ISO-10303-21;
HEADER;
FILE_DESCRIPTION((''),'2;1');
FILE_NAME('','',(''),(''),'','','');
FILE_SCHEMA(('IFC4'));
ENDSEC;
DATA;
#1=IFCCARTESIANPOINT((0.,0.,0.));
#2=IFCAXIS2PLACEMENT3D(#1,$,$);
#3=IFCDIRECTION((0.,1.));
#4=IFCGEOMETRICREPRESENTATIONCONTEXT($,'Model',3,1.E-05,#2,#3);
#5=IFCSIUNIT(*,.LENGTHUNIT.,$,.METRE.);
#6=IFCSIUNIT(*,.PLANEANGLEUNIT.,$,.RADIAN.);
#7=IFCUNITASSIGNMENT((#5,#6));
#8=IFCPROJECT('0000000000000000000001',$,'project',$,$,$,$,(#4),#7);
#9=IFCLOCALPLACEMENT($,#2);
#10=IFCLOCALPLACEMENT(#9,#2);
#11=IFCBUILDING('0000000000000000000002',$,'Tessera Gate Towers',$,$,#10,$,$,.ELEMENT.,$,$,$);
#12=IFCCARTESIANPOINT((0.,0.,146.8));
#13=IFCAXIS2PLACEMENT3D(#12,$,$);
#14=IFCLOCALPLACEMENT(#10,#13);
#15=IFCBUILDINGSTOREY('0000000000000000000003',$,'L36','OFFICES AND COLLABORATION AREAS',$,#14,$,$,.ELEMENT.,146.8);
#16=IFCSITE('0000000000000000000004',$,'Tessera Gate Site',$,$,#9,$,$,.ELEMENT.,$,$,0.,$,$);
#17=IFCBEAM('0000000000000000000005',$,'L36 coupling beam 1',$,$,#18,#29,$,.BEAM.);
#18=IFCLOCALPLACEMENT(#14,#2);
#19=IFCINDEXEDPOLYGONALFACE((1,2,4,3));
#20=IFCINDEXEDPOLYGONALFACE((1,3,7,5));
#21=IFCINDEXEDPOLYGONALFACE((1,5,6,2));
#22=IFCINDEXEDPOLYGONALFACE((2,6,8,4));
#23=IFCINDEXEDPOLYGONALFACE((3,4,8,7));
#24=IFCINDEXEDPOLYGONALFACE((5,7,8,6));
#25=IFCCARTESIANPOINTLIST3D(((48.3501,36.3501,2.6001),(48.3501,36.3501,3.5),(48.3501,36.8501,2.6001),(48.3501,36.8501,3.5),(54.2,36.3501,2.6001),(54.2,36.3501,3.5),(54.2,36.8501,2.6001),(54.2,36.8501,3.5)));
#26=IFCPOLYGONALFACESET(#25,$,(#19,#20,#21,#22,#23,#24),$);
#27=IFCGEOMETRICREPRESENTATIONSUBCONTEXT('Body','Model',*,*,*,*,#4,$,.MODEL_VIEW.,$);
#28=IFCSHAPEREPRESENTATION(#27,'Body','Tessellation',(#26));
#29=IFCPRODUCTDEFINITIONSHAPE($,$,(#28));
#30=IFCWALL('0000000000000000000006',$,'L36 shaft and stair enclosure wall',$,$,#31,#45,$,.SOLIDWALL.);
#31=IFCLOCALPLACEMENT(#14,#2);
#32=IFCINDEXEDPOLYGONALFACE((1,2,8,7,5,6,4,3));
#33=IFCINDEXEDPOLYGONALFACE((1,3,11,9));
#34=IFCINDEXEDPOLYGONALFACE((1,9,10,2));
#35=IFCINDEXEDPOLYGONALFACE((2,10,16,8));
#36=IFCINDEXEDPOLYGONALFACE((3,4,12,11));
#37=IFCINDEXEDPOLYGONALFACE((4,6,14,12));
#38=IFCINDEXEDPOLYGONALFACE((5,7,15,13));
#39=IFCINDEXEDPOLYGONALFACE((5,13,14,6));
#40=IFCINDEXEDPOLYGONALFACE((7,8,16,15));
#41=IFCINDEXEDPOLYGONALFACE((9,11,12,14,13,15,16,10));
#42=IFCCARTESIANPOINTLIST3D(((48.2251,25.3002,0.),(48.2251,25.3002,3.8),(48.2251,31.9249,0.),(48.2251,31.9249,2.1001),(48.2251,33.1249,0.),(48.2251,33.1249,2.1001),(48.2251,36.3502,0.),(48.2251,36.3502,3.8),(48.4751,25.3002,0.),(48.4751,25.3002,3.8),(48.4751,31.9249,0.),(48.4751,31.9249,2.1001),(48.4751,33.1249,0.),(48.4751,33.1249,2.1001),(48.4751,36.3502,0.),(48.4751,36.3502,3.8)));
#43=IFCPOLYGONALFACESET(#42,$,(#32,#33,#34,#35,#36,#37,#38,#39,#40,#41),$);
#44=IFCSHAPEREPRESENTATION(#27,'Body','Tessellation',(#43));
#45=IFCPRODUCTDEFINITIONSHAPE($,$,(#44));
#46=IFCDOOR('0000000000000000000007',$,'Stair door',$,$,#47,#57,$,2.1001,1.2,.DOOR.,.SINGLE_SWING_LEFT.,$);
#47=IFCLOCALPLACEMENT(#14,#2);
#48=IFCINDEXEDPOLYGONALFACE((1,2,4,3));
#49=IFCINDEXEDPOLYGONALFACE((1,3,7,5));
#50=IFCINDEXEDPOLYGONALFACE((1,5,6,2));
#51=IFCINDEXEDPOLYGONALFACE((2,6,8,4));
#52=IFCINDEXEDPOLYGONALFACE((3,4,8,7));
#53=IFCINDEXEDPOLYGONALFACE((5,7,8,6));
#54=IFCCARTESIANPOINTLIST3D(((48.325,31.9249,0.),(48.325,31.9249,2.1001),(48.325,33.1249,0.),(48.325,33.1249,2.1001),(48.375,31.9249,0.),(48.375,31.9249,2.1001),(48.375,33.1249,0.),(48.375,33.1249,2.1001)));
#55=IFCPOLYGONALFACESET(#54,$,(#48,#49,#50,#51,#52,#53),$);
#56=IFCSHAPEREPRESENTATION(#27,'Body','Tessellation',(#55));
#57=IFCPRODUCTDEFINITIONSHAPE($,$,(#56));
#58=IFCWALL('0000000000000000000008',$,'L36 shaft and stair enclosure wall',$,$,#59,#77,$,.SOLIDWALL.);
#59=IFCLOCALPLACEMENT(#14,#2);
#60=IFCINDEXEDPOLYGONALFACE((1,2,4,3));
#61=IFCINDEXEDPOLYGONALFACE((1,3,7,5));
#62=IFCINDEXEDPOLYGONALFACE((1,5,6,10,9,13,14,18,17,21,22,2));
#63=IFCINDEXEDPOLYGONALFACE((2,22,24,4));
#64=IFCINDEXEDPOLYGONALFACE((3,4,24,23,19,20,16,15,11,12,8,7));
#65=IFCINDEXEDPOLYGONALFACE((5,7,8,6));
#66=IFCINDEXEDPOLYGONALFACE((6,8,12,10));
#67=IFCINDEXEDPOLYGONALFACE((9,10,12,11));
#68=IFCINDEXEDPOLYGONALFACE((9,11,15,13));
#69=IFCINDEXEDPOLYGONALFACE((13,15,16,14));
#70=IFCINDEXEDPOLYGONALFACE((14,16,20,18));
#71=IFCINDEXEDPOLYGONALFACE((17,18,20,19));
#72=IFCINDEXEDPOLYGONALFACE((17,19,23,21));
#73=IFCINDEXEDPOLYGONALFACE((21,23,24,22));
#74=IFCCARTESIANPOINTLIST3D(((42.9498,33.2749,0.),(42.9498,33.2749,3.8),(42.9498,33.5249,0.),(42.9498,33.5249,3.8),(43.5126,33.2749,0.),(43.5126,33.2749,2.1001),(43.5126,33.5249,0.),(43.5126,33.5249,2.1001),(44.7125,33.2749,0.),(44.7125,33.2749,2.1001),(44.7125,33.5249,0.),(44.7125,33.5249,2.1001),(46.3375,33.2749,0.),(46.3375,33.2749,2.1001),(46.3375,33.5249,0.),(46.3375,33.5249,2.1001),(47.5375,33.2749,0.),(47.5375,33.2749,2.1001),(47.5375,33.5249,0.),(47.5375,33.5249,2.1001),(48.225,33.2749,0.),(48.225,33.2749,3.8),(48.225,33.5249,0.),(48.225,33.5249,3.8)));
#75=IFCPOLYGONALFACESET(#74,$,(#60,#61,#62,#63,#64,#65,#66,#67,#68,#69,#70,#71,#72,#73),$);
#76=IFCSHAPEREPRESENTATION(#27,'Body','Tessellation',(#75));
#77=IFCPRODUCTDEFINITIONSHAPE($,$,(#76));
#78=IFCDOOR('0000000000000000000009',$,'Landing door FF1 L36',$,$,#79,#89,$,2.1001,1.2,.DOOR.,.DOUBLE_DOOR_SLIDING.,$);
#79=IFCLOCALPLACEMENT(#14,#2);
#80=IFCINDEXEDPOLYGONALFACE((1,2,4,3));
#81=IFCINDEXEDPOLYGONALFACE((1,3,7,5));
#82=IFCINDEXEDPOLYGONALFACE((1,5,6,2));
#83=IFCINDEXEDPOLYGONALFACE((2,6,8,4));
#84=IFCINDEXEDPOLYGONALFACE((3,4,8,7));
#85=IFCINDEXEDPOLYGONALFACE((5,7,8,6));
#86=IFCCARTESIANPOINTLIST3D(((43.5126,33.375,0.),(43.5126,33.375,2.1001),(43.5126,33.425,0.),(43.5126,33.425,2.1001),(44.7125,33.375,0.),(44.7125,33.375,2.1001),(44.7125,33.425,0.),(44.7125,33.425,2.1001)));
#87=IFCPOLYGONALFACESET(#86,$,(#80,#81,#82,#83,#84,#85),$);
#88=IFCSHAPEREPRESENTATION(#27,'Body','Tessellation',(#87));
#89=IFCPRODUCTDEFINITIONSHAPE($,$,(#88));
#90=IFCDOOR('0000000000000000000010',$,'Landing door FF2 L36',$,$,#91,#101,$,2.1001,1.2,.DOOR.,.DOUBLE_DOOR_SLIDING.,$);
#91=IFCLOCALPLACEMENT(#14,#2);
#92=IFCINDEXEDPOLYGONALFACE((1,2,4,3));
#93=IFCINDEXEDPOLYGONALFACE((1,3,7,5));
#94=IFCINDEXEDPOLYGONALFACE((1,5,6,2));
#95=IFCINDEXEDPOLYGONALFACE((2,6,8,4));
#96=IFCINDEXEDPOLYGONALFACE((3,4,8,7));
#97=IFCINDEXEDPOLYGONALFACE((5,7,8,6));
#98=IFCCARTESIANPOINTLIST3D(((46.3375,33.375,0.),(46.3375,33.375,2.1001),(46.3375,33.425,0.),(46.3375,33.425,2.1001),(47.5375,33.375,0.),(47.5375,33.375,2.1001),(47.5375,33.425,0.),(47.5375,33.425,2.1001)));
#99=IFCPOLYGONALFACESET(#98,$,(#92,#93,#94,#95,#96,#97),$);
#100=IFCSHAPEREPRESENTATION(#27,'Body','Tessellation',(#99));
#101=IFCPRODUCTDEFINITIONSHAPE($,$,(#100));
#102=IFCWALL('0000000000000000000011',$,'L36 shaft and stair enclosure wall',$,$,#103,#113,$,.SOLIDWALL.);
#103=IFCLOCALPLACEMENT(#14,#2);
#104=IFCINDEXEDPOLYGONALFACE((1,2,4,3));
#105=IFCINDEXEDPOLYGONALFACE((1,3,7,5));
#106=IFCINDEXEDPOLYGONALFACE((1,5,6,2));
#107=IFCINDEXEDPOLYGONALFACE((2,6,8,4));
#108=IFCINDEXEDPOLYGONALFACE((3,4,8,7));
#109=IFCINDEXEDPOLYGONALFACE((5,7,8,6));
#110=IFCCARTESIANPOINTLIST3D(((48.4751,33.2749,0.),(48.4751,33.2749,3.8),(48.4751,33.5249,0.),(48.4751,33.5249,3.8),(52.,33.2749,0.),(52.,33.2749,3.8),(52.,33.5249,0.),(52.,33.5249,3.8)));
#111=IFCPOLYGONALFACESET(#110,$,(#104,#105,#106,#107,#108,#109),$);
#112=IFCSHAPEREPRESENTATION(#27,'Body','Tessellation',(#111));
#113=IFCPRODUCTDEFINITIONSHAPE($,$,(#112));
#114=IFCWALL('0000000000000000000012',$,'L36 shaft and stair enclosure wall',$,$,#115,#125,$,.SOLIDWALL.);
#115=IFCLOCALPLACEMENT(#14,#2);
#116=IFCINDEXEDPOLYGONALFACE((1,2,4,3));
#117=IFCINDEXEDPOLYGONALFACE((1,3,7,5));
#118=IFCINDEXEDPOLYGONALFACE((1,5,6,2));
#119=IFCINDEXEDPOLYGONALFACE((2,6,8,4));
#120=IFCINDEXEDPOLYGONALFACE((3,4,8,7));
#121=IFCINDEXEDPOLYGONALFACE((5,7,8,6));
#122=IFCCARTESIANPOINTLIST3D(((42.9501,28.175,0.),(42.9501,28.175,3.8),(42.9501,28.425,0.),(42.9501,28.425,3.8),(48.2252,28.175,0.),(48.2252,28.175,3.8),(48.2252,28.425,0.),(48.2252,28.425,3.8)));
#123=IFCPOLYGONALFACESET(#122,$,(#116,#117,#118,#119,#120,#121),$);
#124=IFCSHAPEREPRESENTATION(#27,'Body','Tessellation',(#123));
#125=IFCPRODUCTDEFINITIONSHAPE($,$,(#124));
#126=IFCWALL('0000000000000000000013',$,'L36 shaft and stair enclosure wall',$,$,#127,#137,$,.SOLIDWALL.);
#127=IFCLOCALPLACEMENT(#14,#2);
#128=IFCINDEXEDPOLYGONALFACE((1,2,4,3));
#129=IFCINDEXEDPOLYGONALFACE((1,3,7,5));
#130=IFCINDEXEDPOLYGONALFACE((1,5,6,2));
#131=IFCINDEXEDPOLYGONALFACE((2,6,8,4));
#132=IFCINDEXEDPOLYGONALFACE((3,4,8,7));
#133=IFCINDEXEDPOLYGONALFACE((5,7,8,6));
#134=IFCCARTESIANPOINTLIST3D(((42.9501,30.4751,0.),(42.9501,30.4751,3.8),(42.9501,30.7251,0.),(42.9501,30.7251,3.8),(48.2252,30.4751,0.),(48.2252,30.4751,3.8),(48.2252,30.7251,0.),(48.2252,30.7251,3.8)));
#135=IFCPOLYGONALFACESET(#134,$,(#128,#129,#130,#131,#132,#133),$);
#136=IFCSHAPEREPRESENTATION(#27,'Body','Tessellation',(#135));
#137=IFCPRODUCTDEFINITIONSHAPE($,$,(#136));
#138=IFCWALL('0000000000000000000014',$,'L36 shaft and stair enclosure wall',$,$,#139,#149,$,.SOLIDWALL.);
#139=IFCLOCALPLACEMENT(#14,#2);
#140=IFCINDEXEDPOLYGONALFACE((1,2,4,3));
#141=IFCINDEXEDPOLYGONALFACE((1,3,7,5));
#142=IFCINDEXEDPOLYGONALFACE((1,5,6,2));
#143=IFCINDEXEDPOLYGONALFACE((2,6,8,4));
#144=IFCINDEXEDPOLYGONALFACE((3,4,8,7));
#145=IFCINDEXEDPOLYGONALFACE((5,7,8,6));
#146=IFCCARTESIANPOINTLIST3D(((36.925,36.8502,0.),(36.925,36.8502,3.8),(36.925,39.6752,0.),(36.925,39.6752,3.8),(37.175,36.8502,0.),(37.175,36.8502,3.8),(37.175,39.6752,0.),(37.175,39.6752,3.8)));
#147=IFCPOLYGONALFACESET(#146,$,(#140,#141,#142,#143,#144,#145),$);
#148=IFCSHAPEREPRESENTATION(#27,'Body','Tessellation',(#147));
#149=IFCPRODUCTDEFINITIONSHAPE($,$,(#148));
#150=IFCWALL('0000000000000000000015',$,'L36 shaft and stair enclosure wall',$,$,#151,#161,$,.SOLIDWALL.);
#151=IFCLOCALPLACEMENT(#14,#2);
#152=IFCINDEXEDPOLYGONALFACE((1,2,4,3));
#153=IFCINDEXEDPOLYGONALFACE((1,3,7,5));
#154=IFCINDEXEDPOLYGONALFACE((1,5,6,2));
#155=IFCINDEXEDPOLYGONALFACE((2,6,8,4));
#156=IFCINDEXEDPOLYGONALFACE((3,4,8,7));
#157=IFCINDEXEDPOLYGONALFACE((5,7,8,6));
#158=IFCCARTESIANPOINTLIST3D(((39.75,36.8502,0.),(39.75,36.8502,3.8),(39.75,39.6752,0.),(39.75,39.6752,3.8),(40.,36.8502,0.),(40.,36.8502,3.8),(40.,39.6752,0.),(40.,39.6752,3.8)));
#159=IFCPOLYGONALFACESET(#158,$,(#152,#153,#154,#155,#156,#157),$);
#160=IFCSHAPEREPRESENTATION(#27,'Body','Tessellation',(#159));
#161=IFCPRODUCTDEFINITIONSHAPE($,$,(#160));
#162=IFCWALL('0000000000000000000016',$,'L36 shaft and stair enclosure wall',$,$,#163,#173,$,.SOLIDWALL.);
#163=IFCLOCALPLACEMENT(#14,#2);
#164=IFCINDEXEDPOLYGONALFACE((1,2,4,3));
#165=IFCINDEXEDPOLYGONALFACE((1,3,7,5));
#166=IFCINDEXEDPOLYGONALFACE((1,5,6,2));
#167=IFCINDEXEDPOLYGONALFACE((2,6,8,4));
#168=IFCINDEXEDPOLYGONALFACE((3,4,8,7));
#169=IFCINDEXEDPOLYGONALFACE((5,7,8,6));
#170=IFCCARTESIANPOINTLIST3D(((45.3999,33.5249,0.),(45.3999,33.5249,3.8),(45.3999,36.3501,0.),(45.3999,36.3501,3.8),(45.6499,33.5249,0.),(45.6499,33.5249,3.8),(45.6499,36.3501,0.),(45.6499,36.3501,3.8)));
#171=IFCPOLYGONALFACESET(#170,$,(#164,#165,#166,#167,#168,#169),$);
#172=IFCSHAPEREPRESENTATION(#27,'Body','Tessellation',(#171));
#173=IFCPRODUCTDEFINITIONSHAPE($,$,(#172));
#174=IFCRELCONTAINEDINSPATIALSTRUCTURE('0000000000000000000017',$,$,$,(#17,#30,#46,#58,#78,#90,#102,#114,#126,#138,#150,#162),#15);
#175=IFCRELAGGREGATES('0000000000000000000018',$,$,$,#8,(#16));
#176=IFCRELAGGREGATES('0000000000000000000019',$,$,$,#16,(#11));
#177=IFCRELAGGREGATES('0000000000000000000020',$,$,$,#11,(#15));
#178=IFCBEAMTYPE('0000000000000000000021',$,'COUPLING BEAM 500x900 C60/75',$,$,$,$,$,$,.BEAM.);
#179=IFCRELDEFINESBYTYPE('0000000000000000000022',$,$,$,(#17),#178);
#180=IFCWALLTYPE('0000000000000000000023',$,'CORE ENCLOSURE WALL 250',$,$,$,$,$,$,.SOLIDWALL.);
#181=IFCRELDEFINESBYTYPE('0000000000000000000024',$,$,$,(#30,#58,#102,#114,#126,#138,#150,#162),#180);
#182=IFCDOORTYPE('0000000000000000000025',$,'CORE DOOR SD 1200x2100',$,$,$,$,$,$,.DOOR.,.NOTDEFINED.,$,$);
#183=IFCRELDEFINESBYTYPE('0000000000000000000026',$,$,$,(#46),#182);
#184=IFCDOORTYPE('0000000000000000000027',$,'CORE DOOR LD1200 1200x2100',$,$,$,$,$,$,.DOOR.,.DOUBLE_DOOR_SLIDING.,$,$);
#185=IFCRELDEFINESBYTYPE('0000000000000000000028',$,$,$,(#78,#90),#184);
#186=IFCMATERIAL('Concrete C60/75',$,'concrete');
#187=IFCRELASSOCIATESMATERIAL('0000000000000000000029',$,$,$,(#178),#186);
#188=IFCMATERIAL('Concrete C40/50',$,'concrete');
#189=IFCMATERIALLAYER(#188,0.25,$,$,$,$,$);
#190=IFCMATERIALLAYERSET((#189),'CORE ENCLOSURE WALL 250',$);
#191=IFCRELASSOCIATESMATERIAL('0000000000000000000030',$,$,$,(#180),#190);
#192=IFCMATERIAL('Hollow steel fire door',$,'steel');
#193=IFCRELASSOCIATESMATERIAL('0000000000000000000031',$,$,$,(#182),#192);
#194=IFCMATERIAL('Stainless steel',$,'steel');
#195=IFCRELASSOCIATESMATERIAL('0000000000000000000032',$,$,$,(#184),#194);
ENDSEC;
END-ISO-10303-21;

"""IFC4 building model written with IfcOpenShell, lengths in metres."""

from ifc_helpers import new_model, si_unit, direction, frame, frame_2d, origin, origin_2d, place, context, subcontext, project, spatial, rectangle, extrude, source, transform, mapped, material, layer, layer_set, material_profile, profile_set, type_object, element, fill, save


model = new_model("IFC4")

# Units and contexts
model_context = context("Model", 3, precision=1e-05, world=origin(), true_north=direction((0.0, 1.0)))
body_context = subcontext(model_context, "Body", "Model", "MODEL_VIEW")
ifc_project = project(units=[si_unit("LENGTHUNIT", "METRE"), si_unit("PLANEANGLEUNIT", "RADIAN")], contexts=[model_context])

# Site, building, storey
site_placement = place(None, origin())
site = spatial("IfcSite", under=ifc_project, at=site_placement, Name="Tessera Gate Site", CompositionType="ELEMENT", RefElevation=0.0)
building_placement = place(site_placement, origin())
building = spatial("IfcBuilding", under=site, at=building_placement, Name="Tessera Gate Towers", CompositionType="ELEMENT")
storey_placement = place(building_placement, frame((0.0, 0.0, 146.8)))
storey = spatial("IfcBuildingStorey", under=building, at=storey_placement, Name="L36", Description="OFFICES AND COLLABORATION AREAS", CompositionType="ELEMENT", Elevation=146.8)

# Beam
ifc_material_1 = material(Name="Concrete C60/75", Category="concrete")
ifc_material_profile = material_profile(ifc_material_1, rectangle(XDim=0.5, YDim=0.8999, at=origin_2d()), Name="RC 500x900")
ifc_profile_set = profile_set([ifc_material_profile], Name="Concrete C60/75")
beam_type = type_object("IfcBeamType", Name="COUPLING BEAM 500x900 C60/75", PredefinedType="BEAM", material=ifc_profile_set)
beam_placement = place(storey_placement, frame((48.3501, 36.6001, 3.05), z_axis=(1.0, 0.0, 0.0), x_axis=(0.0, 1.0, 0.0)))
element("IfcBeam", 1, at=beam_placement, inside=storey, type_object=beam_type, Name="L36 coupling beam 1", PredefinedType="BEAM", context=body_context, shape_type="SweptSolid", body=[
    extrude(rectangle(XDim=0.5, YDim=0.8999, at=origin_2d()), origin(), (0.0, 0.0, 1.0), 5.8499),
])

# Wall, opening, door
ifc_material_2 = material(Name="Concrete C40/50", Category="concrete")
ifc_layer_1 = layer(ifc_material_2, 0.25)
ifc_layer_set_1 = layer_set([ifc_layer_1], Name="CORE ENCLOSURE WALL 250")
wall_type_1 = type_object("IfcWallType", Name="CORE ENCLOSURE WALL 250", PredefinedType="SOLIDWALL", material=ifc_layer_set_1)
wall_1_placement = place(storey_placement, frame((48.3501, 36.3501, 0.0), z_axis=(0.0, 0.0, 1.0), x_axis=(0.0, -1.0, 0.0)))
wall_1 = element("IfcWall", 2, at=wall_1_placement, inside=storey, type_object=wall_type_1, Name="L36 shaft and stair enclosure wall", PredefinedType="SOLIDWALL", context=body_context, shape_type="SweptSolid", body=[
    extrude(rectangle(XDim=11.05, YDim=0.25, at=frame_2d((5.5249, 0.0))), origin(), (0.0, 0.0, 1.0), 3.8),
])
shared_shape_1 = source(origin(), body_context, "Body", "SweptSolid", [
    extrude(rectangle(XDim=1.2, YDim=2.1001, at=frame_2d((0.6001, 1.05))), frame((0.0, 0.135, 0.0), z_axis=(0.0, -1.0, 0.0), x_axis=(1.0, 0.0, 0.0)), (0.0, 0.0, 1.0), 0.27),
])
opening_1_placement = place(wall_1_placement, frame((3.2251, 0.0, 0.0)))
opening_1 = element("IfcOpeningElement", 3, at=opening_1_placement, cuts=wall_1, PredefinedType="OPENING", context=body_context, shape_type="MappedRepresentation", body=[
    mapped(shared_shape_1, transform((0.0, 0.0, 0.0), scale=1.0)),
])
ifc_material_3 = material(Name="Hollow steel fire door", Category="steel")
door_type_1 = type_object("IfcDoorType", Name="CORE DOOR SD 1200x2100", OperationType="NOTDEFINED", PredefinedType="DOOR", material=ifc_material_3)
shared_shape_2 = source(origin(), body_context, "Body", "SweptSolid", [
    extrude(rectangle(XDim=1.2, YDim=2.1001, at=frame_2d((0.6001, 1.05))), frame((0.0, 0.0249, 0.0), z_axis=(0.0, -1.0, 0.0), x_axis=(1.0, 0.0, 0.0)), (0.0, 0.0, 1.0), 0.05),
])
door_1_placement = place(opening_1_placement, origin())
door_1 = element("IfcDoor", 4, at=door_1_placement, inside=storey, type_object=door_type_1, Name="Stair door", OperationType="SINGLE_SWING_LEFT", OverallHeight=2.1001, OverallWidth=1.2, PredefinedType="DOOR", context=body_context, shape_type="MappedRepresentation", body=[
    mapped(shared_shape_2, transform((0.0, 0.0, 0.0), scale=1.0)),
])
fill(opening_1, door_1)

# Wall, openings, doors
wall_2_placement = place(storey_placement, frame((48.2251, 33.3999, 0.0), z_axis=(0.0, 0.0, 1.0), x_axis=(-1.0, 0.0, 0.0)))
wall_2 = element("IfcWall", 5, at=wall_2_placement, inside=storey, type_object=wall_type_1, Name="L36 shaft and stair enclosure wall", PredefinedType="SOLIDWALL", context=body_context, shape_type="SweptSolid", body=[
    extrude(rectangle(XDim=5.2751, YDim=0.25, at=frame_2d((2.6377, 0.0))), origin(), (0.0, 0.0, 1.0), 3.8),
])
opening_2_placement = place(wall_2_placement, frame((3.5125, 0.0, 0.0)))
opening_2 = element("IfcOpeningElement", 6, at=opening_2_placement, cuts=wall_2, PredefinedType="OPENING", context=body_context, shape_type="MappedRepresentation", body=[
    mapped(shared_shape_1, transform((0.0, 0.0, 0.0), scale=1.0)),
])
opening_3_placement = place(wall_2_placement, frame((0.6875, 0.0, 0.0)))
opening_3 = element("IfcOpeningElement", 7, at=opening_3_placement, cuts=wall_2, PredefinedType="OPENING", context=body_context, shape_type="MappedRepresentation", body=[
    mapped(shared_shape_1, transform((0.0, 0.0, 0.0), scale=1.0)),
])
ifc_material_4 = material(Name="Stainless steel", Category="steel")
door_type_2 = type_object("IfcDoorType", Name="CORE DOOR LD1200 1200x2100", OperationType="DOUBLE_DOOR_SLIDING", PredefinedType="DOOR", material=ifc_material_4)
door_2_placement = place(opening_2_placement, origin())
door_2 = element("IfcDoor", 8, at=door_2_placement, inside=storey, type_object=door_type_2, Name="Landing door FF1 L36", OperationType="DOUBLE_DOOR_SLIDING", OverallHeight=2.1001, OverallWidth=1.2, PredefinedType="DOOR", context=body_context, shape_type="MappedRepresentation", body=[
    mapped(shared_shape_2, transform((0.0, 0.0, 0.0), scale=1.0)),
])
fill(opening_2, door_2)
door_3_placement = place(opening_3_placement, origin())
door_3 = element("IfcDoor", 9, at=door_3_placement, inside=storey, type_object=door_type_2, Name="Landing door FF2 L36", OperationType="DOUBLE_DOOR_SLIDING", OverallHeight=2.1001, OverallWidth=1.2, PredefinedType="DOOR", context=body_context, shape_type="MappedRepresentation", body=[
    mapped(shared_shape_2, transform((0.0, 0.0, 0.0), scale=1.0)),
])
fill(opening_3, door_3)

# Walls
wall_3_placement = place(storey_placement, frame((48.4751, 33.3999, 0.0), z_axis=(0.0, 0.0, 1.0), x_axis=(1.0, 0.0, 0.0)))
element("IfcWall", 10, at=wall_3_placement, inside=storey, type_object=wall_type_1, Name="L36 shaft and stair enclosure wall", PredefinedType="SOLIDWALL", context=body_context, shape_type="SweptSolid", body=[
    extrude(rectangle(XDim=3.5249, YDim=0.25, at=frame_2d((1.7625, 0.0))), origin(), (0.0, 0.0, 1.0), 3.8),
])
for number, where, z_axis, x_axis, name in (
    (11, (42.95, 28.3, 0.0), (0.0, 0.0, 1.0), (1.0, 0.0, 0.0), "L36 shaft and stair enclosure wall"),
    (12, (42.95, 30.6001, 0.0), (0.0, 0.0, 1.0), (1.0, 0.0, 0.0), "L36 shaft and stair enclosure wall"),
):
    element("IfcWall", number, at=place(storey_placement, frame(where, z_axis=z_axis, x_axis=x_axis)), inside=storey, type_object=wall_type_1, Name=name, PredefinedType="SOLIDWALL", context=body_context, shape_type="SweptSolid", body=[
        extrude(rectangle(XDim=5.2751, YDim=0.25, at=frame_2d((2.6377, 0.0))), origin(), (0.0, 0.0, 1.0), 3.8),
    ])
for number, where, z_axis, x_axis, name in (
    (13, (37.05, 36.8501, 0.0), (0.0, 0.0, 1.0), (0.0, 1.0, 0.0), "L36 shaft and stair enclosure wall"),
    (14, (39.875, 36.8501, 0.0), (0.0, 0.0, 1.0), (0.0, 1.0, 0.0), "L36 shaft and stair enclosure wall"),
):
    element("IfcWall", number, at=place(storey_placement, frame(where, z_axis=z_axis, x_axis=x_axis)), inside=storey, type_object=wall_type_1, Name=name, PredefinedType="SOLIDWALL", context=body_context, shape_type="SweptSolid", body=[
        extrude(rectangle(XDim=2.825, YDim=0.25, at=frame_2d((1.4126, 0.0))), origin(), (0.0, 0.0, 1.0), 3.8),
    ])
wall_4_placement = place(storey_placement, frame((45.5249, 33.5249, 0.0), z_axis=(0.0, 0.0, 1.0), x_axis=(0.0, 1.0, 0.0)))
element("IfcWall", 15, at=wall_4_placement, inside=storey, type_object=wall_type_1, Name="L36 shaft and stair enclosure wall", PredefinedType="SOLIDWALL", context=body_context, shape_type="SweptSolid", body=[
    extrude(rectangle(XDim=2.8252, YDim=0.25, at=frame_2d((1.4126, 0.0))), origin(), (0.0, 0.0, 1.0), 3.8),
])

save(model, "model.ifc")
